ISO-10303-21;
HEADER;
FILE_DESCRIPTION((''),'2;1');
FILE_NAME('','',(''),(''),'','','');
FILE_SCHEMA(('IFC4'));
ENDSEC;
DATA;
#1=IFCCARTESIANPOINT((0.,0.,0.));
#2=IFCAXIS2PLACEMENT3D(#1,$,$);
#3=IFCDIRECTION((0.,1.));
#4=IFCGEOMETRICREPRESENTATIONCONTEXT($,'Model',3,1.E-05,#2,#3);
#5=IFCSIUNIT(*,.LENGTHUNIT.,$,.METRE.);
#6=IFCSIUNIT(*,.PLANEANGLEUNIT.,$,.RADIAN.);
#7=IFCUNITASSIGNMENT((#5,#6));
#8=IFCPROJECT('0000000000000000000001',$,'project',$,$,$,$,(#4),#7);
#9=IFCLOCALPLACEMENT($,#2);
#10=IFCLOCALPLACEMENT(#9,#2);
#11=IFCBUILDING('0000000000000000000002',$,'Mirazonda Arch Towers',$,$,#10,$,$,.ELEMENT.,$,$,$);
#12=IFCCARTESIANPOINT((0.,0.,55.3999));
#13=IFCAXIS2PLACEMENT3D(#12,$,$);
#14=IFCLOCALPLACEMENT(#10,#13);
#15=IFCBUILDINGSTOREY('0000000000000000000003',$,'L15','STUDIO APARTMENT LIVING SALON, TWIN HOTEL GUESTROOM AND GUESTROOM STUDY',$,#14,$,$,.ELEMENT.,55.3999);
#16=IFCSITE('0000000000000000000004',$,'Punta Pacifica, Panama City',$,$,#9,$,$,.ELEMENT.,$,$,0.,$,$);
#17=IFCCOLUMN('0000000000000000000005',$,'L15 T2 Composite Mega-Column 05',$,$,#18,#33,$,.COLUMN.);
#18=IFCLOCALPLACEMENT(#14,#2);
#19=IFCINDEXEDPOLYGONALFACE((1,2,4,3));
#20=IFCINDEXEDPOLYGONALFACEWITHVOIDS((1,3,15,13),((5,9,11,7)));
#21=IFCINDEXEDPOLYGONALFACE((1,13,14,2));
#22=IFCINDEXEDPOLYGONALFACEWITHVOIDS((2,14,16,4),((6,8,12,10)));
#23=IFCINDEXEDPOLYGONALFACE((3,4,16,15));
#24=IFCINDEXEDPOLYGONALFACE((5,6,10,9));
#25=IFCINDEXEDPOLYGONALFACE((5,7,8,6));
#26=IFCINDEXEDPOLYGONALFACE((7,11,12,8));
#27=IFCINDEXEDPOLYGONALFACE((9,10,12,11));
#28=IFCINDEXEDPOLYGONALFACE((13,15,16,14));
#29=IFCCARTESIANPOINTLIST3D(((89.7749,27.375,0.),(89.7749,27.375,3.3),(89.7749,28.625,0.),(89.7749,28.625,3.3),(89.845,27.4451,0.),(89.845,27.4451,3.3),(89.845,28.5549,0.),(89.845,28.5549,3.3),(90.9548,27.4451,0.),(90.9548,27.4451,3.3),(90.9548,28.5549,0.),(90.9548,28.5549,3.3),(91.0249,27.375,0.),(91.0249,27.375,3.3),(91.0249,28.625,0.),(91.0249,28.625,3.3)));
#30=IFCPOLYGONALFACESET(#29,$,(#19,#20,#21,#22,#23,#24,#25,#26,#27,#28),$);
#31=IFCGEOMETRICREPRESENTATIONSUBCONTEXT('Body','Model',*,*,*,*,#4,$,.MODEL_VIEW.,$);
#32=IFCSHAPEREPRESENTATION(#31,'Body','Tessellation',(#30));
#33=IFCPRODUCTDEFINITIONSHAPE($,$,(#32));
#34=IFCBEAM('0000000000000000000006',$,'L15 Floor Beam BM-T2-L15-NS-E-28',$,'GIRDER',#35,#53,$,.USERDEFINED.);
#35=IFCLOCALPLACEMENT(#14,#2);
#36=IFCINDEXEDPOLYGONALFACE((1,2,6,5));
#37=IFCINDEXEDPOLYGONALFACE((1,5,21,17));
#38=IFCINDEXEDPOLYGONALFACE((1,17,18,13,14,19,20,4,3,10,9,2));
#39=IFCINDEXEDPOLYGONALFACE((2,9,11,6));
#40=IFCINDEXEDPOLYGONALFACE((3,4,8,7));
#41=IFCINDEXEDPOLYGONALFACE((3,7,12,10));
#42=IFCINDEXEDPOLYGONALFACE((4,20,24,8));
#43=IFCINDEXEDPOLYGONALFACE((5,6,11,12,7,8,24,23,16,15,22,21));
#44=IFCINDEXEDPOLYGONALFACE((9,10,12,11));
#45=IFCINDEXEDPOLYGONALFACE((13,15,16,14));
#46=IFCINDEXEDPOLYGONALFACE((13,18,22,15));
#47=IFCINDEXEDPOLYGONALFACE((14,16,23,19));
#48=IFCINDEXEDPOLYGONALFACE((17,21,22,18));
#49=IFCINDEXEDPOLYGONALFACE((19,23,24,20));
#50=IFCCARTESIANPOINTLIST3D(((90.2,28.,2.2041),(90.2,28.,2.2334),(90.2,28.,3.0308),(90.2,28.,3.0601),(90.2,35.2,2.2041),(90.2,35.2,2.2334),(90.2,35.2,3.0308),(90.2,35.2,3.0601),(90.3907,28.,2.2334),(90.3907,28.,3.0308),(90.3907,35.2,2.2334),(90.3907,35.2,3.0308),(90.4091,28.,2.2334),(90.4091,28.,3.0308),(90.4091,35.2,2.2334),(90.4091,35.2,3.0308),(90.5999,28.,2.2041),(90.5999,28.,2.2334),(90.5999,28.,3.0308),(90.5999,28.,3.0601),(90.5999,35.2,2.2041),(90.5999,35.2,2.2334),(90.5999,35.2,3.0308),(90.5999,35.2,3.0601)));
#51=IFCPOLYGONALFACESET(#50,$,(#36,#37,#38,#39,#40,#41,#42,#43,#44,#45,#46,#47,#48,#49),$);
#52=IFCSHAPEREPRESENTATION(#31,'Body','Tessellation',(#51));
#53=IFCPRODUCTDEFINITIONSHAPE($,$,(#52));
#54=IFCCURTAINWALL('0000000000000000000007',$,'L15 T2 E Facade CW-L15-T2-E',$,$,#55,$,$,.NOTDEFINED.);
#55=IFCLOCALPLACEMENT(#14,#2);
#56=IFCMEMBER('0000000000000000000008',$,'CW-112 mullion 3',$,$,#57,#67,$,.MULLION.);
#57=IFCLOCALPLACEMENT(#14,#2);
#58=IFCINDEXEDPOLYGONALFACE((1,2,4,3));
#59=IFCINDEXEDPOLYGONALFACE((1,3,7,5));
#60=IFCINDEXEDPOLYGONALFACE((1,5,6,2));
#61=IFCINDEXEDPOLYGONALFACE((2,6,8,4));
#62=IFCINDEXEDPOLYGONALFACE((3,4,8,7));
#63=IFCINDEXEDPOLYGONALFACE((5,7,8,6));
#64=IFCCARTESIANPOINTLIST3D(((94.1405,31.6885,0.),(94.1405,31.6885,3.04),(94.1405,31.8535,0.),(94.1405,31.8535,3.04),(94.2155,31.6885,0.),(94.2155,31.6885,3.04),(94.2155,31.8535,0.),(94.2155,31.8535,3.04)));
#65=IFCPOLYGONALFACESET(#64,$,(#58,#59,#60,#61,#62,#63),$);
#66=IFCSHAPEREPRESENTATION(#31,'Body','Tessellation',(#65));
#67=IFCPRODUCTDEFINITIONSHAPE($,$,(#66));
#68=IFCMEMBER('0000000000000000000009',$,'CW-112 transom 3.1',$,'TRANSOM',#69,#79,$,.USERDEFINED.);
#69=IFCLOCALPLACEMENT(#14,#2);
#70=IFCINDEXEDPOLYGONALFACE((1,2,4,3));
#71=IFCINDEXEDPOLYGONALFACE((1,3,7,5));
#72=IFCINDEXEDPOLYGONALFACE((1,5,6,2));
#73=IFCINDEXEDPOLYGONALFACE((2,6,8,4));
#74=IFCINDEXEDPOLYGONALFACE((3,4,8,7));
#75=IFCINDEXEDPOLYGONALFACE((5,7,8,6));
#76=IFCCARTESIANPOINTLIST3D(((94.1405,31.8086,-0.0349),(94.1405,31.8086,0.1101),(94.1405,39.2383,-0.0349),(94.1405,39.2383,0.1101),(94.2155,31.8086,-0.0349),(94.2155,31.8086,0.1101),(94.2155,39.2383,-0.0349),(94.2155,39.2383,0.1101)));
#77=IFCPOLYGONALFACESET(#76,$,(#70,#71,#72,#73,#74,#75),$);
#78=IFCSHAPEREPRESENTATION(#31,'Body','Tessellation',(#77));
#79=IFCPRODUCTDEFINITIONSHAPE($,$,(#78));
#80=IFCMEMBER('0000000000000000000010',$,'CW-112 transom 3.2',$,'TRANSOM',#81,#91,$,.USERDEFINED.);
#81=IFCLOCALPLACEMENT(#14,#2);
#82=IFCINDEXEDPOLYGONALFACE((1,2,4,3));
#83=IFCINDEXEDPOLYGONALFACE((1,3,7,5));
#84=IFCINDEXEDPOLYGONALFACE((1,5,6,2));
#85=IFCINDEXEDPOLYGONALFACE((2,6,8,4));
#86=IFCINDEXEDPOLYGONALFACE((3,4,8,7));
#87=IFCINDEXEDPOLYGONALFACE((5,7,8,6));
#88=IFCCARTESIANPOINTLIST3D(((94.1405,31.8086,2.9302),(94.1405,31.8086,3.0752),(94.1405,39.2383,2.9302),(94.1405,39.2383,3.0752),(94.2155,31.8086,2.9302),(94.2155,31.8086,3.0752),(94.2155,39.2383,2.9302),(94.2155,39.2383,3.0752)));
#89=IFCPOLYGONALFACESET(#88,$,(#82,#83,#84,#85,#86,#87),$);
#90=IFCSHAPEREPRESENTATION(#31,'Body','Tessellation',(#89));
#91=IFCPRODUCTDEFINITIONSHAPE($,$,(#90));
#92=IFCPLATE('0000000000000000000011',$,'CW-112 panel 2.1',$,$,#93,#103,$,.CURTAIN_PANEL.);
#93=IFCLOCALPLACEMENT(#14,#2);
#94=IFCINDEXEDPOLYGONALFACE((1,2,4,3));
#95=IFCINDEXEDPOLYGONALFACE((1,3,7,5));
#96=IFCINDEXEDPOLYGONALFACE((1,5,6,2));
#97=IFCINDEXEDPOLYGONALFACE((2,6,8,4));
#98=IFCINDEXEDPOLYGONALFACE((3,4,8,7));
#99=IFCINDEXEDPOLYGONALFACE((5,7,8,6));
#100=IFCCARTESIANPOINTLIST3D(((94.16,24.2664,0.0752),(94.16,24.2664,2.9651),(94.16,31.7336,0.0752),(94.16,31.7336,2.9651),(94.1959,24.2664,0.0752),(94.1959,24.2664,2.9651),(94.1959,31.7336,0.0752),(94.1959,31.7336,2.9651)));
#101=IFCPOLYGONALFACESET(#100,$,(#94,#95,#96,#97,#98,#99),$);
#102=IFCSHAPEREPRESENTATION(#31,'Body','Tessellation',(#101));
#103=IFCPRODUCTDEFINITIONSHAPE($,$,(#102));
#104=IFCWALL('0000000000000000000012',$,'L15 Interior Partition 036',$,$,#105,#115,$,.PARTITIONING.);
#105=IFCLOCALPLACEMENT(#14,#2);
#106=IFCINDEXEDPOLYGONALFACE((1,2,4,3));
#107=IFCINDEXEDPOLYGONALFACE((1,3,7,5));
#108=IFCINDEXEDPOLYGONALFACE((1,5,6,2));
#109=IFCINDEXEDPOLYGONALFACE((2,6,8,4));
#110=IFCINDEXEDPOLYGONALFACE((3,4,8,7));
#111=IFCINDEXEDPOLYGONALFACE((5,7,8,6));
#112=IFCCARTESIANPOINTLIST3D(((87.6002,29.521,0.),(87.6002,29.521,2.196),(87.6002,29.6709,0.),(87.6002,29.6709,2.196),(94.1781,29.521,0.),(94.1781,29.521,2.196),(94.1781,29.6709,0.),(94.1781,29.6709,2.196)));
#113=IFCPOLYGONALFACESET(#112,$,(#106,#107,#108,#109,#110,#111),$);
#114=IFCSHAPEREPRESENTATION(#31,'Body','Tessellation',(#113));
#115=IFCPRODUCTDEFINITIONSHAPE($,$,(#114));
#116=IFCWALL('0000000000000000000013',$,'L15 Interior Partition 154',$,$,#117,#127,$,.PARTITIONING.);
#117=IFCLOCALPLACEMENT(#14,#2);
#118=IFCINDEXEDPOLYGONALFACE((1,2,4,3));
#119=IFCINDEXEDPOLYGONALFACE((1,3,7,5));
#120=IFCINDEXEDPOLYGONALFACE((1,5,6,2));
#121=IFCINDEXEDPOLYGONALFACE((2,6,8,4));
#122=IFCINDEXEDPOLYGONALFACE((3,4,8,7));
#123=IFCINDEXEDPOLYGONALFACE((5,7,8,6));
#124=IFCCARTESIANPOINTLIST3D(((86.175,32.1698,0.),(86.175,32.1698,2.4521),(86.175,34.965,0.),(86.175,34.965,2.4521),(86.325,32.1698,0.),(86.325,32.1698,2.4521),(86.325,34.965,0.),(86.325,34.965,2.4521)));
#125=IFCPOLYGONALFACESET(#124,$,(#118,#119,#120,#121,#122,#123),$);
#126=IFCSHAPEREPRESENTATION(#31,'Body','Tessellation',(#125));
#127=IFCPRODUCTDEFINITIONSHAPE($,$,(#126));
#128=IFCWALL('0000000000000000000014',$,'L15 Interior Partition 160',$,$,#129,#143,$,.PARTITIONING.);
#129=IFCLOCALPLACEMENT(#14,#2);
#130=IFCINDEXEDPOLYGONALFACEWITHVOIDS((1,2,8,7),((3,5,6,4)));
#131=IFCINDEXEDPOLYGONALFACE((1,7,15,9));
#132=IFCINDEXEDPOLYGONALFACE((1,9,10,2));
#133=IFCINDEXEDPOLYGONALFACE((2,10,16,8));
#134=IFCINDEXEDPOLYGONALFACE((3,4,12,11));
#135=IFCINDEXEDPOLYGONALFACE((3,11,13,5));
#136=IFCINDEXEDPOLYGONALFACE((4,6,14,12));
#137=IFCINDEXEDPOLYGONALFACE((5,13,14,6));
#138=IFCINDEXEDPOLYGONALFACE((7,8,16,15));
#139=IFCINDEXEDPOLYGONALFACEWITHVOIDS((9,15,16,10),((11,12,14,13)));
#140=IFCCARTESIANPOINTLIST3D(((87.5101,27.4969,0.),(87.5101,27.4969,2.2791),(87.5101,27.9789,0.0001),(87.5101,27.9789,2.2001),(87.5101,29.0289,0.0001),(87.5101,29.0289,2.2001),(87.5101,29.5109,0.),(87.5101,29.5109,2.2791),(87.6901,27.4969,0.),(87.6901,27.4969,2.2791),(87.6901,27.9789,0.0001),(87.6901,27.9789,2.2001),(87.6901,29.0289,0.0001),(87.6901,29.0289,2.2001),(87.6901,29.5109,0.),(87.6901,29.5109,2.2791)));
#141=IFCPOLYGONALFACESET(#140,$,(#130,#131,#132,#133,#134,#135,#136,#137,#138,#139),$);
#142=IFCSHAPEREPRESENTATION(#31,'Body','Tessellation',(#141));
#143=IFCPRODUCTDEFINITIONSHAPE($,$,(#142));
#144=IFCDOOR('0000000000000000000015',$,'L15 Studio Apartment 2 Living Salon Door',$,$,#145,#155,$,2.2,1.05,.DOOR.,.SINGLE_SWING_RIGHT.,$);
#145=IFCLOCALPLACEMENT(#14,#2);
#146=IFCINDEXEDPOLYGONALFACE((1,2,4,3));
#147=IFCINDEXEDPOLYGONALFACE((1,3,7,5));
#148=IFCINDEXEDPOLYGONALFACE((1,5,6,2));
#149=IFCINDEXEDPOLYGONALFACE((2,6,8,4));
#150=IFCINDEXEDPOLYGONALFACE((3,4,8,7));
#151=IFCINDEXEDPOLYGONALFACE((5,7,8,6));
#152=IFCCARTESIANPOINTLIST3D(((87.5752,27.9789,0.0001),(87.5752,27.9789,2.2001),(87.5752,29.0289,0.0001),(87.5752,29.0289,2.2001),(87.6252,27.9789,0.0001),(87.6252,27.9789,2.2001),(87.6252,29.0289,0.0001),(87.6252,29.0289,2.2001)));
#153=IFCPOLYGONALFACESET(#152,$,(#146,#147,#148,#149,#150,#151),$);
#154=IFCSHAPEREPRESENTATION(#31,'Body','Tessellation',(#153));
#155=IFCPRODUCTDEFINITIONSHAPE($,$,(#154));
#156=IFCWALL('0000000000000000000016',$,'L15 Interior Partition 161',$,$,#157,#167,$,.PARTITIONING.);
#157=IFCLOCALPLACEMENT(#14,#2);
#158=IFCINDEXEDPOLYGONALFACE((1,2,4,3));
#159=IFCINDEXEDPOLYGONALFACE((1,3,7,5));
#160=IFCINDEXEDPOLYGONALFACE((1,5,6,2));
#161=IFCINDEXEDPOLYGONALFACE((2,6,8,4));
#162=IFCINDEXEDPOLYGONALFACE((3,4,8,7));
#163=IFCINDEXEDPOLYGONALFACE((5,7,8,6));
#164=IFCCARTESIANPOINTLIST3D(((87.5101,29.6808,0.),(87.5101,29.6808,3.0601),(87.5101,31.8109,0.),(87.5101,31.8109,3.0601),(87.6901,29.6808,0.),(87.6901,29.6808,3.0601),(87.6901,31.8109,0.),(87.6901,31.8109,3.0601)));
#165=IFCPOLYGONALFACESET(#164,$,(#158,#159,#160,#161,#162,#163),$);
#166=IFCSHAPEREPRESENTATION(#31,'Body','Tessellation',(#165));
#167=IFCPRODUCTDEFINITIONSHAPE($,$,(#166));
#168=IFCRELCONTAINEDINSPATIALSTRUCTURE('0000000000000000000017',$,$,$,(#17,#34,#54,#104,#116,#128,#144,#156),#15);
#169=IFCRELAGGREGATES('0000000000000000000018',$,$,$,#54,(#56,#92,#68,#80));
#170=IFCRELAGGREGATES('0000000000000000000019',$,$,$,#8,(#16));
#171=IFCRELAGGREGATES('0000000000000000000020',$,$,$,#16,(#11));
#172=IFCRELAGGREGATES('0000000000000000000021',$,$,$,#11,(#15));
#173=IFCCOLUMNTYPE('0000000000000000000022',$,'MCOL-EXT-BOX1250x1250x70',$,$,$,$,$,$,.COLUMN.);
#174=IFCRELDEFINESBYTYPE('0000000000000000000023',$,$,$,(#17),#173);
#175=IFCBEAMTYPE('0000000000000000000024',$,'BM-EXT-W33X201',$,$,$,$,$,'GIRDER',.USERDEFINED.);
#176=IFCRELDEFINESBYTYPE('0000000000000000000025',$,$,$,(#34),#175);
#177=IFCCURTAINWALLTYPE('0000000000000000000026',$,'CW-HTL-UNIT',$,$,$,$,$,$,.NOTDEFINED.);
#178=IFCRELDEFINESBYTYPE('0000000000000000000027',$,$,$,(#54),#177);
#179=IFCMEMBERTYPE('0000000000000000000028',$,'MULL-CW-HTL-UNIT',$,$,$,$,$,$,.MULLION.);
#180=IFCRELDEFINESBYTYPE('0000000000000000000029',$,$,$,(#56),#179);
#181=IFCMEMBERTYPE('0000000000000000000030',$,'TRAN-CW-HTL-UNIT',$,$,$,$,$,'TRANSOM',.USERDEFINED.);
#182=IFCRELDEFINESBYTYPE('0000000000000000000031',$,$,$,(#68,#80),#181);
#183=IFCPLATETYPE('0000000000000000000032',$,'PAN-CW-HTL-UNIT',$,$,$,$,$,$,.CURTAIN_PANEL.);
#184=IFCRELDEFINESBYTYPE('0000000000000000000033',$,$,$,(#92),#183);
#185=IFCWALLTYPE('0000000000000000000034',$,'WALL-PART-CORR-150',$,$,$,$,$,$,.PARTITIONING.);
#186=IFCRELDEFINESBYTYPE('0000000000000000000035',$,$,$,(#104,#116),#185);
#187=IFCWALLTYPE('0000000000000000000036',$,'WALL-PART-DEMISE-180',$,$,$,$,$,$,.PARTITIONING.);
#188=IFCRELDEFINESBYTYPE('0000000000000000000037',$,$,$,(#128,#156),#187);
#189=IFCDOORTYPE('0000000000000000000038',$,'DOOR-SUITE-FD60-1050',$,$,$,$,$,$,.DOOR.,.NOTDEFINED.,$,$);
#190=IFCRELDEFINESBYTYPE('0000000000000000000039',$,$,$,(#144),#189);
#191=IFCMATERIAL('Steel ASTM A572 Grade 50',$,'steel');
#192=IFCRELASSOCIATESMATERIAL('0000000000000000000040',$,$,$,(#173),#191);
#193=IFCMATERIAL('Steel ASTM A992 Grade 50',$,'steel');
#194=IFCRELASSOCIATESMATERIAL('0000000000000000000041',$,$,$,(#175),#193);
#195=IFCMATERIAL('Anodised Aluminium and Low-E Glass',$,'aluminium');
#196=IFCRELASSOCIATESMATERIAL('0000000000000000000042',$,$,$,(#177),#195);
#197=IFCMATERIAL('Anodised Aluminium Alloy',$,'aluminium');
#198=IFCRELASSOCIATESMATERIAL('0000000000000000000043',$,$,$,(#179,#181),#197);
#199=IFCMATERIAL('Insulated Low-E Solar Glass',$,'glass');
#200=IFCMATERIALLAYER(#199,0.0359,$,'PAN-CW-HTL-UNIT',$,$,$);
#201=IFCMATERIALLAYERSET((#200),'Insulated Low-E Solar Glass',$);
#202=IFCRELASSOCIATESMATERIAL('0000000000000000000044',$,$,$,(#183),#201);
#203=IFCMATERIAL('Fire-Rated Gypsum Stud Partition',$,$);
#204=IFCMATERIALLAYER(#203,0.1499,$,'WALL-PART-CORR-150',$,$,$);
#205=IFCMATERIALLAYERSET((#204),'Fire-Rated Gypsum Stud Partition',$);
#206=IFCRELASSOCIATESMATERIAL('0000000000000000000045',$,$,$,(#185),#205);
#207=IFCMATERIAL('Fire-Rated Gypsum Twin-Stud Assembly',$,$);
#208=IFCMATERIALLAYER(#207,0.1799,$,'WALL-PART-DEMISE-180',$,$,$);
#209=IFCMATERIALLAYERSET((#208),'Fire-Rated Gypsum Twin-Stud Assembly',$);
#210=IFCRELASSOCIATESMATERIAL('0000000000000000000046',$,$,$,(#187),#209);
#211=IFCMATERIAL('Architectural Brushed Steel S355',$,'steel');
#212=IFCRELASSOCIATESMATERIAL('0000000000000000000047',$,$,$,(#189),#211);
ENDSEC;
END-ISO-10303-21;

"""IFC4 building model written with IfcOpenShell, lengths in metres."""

from ifc_helpers import new_model, si_unit, direction, frame, frame_2d, origin, origin_2d, place, context, subcontext, project, spatial, rectangle, hollow_rectangle, i_section, extrude, material, layer, layer_set, material_profile, profile_set, type_object, element, fill, aggregate, save


model = new_model("IFC4")

# Units and contexts
model_context = context("Model", 3, precision=1e-05, world=origin(), true_north=direction((0.0, 1.0)))
body_context = subcontext(model_context, "Body", "Model", "MODEL_VIEW")
ifc_project = project(units=[si_unit("LENGTHUNIT", "METRE"), si_unit("PLANEANGLEUNIT", "RADIAN")], contexts=[model_context])

# Site, building, storey
site_placement = place(None, origin())
site = spatial("IfcSite", under=ifc_project, at=site_placement, Name="Punta Pacifica, Panama City", CompositionType="ELEMENT", RefElevation=0.0)
building_placement = place(site_placement, origin())
building = spatial("IfcBuilding", under=site, at=building_placement, Name="Mirazonda Arch Towers", CompositionType="ELEMENT")
storey_placement = place(building_placement, frame((0.0, 0.0, 55.3999)))
storey = spatial("IfcBuildingStorey", under=building, at=storey_placement, Name="L15", Description="STUDIO APARTMENT LIVING SALON, TWIN HOTEL GUESTROOM AND GUESTROOM STUDY", CompositionType="ELEMENT", Elevation=55.3999)

# Column
ifc_material_1 = material(Name="Steel ASTM A572 Grade 50", Category="steel")
ifc_material_profile_1 = material_profile(ifc_material_1, hollow_rectangle(XDim=1.25, YDim=1.25, WallThickness=0.0701, at=origin_2d()), Name="BOX1250x1250x70")
ifc_profile_set_1 = profile_set([ifc_material_profile_1], Name="Steel ASTM A572 Grade 50")
column_type = type_object("IfcColumnType", Name="MCOL-EXT-BOX1250x1250x70", PredefinedType="COLUMN", material=ifc_profile_set_1)
column_placement = place(storey_placement, frame((90.3999, 28.0, 0.0), z_axis=(0.0, 0.0, 1.0), x_axis=(1.0, 0.0, 0.0)))
element("IfcColumn", 1, at=column_placement, inside=storey, type_object=column_type, Name="L15 T2 Composite Mega-Column 05", PredefinedType="COLUMN", context=body_context, shape_type="SweptSolid", body=[
    extrude(hollow_rectangle(XDim=1.25, YDim=1.25, WallThickness=0.0701, at=origin_2d()), origin(), (0.0, 0.0, 1.0), 3.3),
])

# Beam
ifc_material_2 = material(Name="Steel ASTM A992 Grade 50", Category="steel")
ifc_material_profile_2 = material_profile(ifc_material_2, i_section(OverallWidth=0.3999, OverallDepth=0.856, WebThickness=0.0183, FlangeThickness=0.0293, at=origin_2d()), Name="W33X201")
ifc_profile_set_2 = profile_set([ifc_material_profile_2], Name="Steel ASTM A992 Grade 50")
beam_type = type_object("IfcBeamType", Name="BM-EXT-W33X201", ElementType="GIRDER", PredefinedType="USERDEFINED", material=ifc_profile_set_2)
beam_placement = place(storey_placement, frame((90.3999, 28.0, 2.6321), z_axis=(0.0, 1.0, 0.0), x_axis=(-1.0, 0.0, 0.0)))
element("IfcBeam", 2, at=beam_placement, inside=storey, type_object=beam_type, Name="L15 Floor Beam BM-T2-L15-NS-E-28", ObjectType="GIRDER", PredefinedType="USERDEFINED", context=body_context, shape_type="SweptSolid", body=[
    extrude(i_section(OverallWidth=0.3999, OverallDepth=0.856, WebThickness=0.0183, FlangeThickness=0.0293, at=origin_2d()), origin(), (0.0, 0.0, 1.0), 7.2),
])

# Curtain wall, members, plate
ifc_material_3 = material(Name="Anodised Aluminium and Low-E Glass", Category="aluminium")
curtain_wall_type = type_object("IfcCurtainWallType", Name="CW-HTL-UNIT", PredefinedType="NOTDEFINED", material=ifc_material_3)
curtain_wall_placement = place(storey_placement, origin())
curtain_wall = element("IfcCurtainWall", 3, at=curtain_wall_placement, inside=storey, type_object=curtain_wall_type, Name="L15 T2 E Facade CW-L15-T2-E", PredefinedType="NOTDEFINED")
ifc_material_4 = material(Name="Anodised Aluminium Alloy", Category="aluminium")
ifc_material_profile_3 = material_profile(ifc_material_4, rectangle(XDim=0.075, YDim=0.165, at=origin_2d()), Name="ALU-MULL-75x165")
ifc_profile_set_3 = profile_set([ifc_material_profile_3], Name="Anodised Aluminium Alloy")
member_type_1 = type_object("IfcMemberType", Name="MULL-CW-HTL-UNIT", PredefinedType="MULLION", material=ifc_profile_set_3)
member_1_placement = place(storey_placement, frame((94.178, 31.771, 0.0), z_axis=(0.0, 0.0, 1.0), x_axis=(-1.0, 0.0, 0.0)))
member_1 = element("IfcMember", 4, at=member_1_placement, type_object=member_type_1, Name="CW-112 mullion 3", PredefinedType="MULLION", context=body_context, shape_type="SweptSolid", body=[
    extrude(rectangle(XDim=0.075, YDim=0.165, at=origin_2d()), origin(), (0.0, 0.0, 1.0), 3.04),
])
ifc_material_profile_4 = material_profile(ifc_material_4, rectangle(XDim=0.075, YDim=0.145, at=origin_2d()), Name="ALU-TRAN-75x145")
ifc_profile_set_4 = profile_set([ifc_material_profile_4], Name="Anodised Aluminium Alloy")
member_type_2 = type_object("IfcMemberType", Name="TRAN-CW-HTL-UNIT", ElementType="TRANSOM", PredefinedType="USERDEFINED", material=ifc_profile_set_4)
member_2_placement = place(storey_placement, frame((94.178, 31.8086, 0.0376), z_axis=(0.0, 1.0, 0.0), x_axis=(-1.0, 0.0, 0.0)))
member_2 = element("IfcMember", 5, at=member_2_placement, type_object=member_type_2, Name="CW-112 transom 3.1", ObjectType="TRANSOM", PredefinedType="USERDEFINED", context=body_context, shape_type="SweptSolid", body=[
    extrude(rectangle(XDim=0.075, YDim=0.145, at=origin_2d()), origin(), (0.0, 0.0, 1.0), 7.4297),
])
member_3_placement = place(storey_placement, frame((94.178, 31.8086, 3.0027), z_axis=(0.0, 1.0, 0.0), x_axis=(-1.0, 0.0, 0.0)))
member_3 = element("IfcMember", 6, at=member_3_placement, type_object=member_type_2, Name="CW-112 transom 3.2", ObjectType="TRANSOM", PredefinedType="USERDEFINED", context=body_context, shape_type="SweptSolid", body=[
    extrude(rectangle(XDim=0.075, YDim=0.145, at=origin_2d()), origin(), (0.0, 0.0, 1.0), 7.4297),
])
ifc_material_5 = material(Name="Insulated Low-E Solar Glass", Category="glass")
ifc_layer_1 = layer(ifc_material_5, 0.0359, Name="PAN-CW-HTL-UNIT")
ifc_layer_set_1 = layer_set([ifc_layer_1], Name="Insulated Low-E Solar Glass")
plate_type = type_object("IfcPlateType", Name="PAN-CW-HTL-UNIT", PredefinedType="CURTAIN_PANEL", material=ifc_layer_set_1)
plate_placement = place(storey_placement, frame((94.178, 28.0, 0.0752), z_axis=(0.0, 0.0, 1.0), x_axis=(0.0, 1.0, 0.0)))
plate = element("IfcPlate", 7, at=plate_placement, type_object=plate_type, Name="CW-112 panel 2.1", PredefinedType="CURTAIN_PANEL", context=body_context, shape_type="SweptSolid", body=[
    extrude(rectangle(XDim=7.4673, YDim=0.0359, at=origin_2d()), origin(), (0.0, 0.0, 1.0), 2.8899),
])
aggregate(curtain_wall, [member_1, plate, member_2, member_3])

# Shared definitions
ifc_material_6 = material(Name="Fire-Rated Gypsum Stud Partition")
ifc_layer_2 = layer(ifc_material_6, 0.1499, Name="WALL-PART-CORR-150")
ifc_layer_set_2 = layer_set([ifc_layer_2], Name="Fire-Rated Gypsum Stud Partition")
wall_type_1 = type_object("IfcWallType", Name="WALL-PART-CORR-150", PredefinedType="PARTITIONING", material=ifc_layer_set_2)
ifc_material_7 = material(Name="Architectural Brushed Steel S355", Category="steel")

# Wall
wall_1_placement = place(storey_placement, frame((87.6001, 29.5959, 0.0), z_axis=(0.0, 0.0, 1.0), x_axis=(1.0, 0.0, 0.0)))
element("IfcWall", 8, at=wall_1_placement, inside=storey, type_object=wall_type_1, Name="L15 Interior Partition 036", PredefinedType="PARTITIONING", context=body_context, shape_type="SweptSolid", body=[
    extrude(rectangle(XDim=6.5779, YDim=0.1499, at=frame_2d((3.2891, 0.0))), origin(), (0.0, 0.0, 1.0), 2.196),
])

# Wall
wall_2_placement = place(storey_placement, frame((86.25, 32.1699, 0.0), z_axis=(0.0, 0.0, 1.0), x_axis=(0.0, 1.0, 0.0)))
element("IfcWall", 9, at=wall_2_placement, inside=storey, type_object=wall_type_1, Name="L15 Interior Partition 154", PredefinedType="PARTITIONING", context=body_context, shape_type="SweptSolid", body=[
    extrude(rectangle(XDim=2.7952, YDim=0.1499, at=frame_2d((1.3975, 0.0))), origin(), (0.0, 0.0, 1.0), 2.4521),
])

# Wall, opening, door
ifc_material_8 = material(Name="Fire-Rated Gypsum Twin-Stud Assembly")
ifc_layer_3 = layer(ifc_material_8, 0.1799, Name="WALL-PART-DEMISE-180")
ifc_layer_set_3 = layer_set([ifc_layer_3], Name="Fire-Rated Gypsum Twin-Stud Assembly")
wall_type_2 = type_object("IfcWallType", Name="WALL-PART-DEMISE-180", PredefinedType="PARTITIONING", material=ifc_layer_set_3)
wall_3_placement = place(storey_placement, frame((87.6001, 27.4971, 0.0), z_axis=(0.0, 0.0, 1.0), x_axis=(0.0, 1.0, 0.0)))
wall_3 = element("IfcWall", 10, at=wall_3_placement, inside=storey, type_object=wall_type_2, Name="L15 Interior Partition 160", PredefinedType="PARTITIONING", context=body_context, shape_type="SweptSolid", body=[
    extrude(rectangle(XDim=2.0139, YDim=0.1799, at=frame_2d((1.0068, 0.0))), origin(), (0.0, 0.0, 1.0), 2.2791),
])
opening_1_placement = place(wall_3_placement, frame((0.4819, 0.0, 0.0)))
opening_1 = element("IfcOpeningElement", 11, at=opening_1_placement, cuts=wall_3, PredefinedType="OPENING", context=body_context, shape_type="SweptSolid", body=[
    extrude(rectangle(XDim=1.05, YDim=2.2, at=frame_2d((0.5249, 1.1001))), frame((0.0, 0.0999, 0.0), z_axis=(0.0, -1.0, 0.0), x_axis=(1.0, 0.0, 0.0)), (0.0, 0.0, 1.0), 0.2),
])
door_type_1 = type_object("IfcDoorType", Name="DOOR-SUITE-FD60-1050", OperationType="NOTDEFINED", PredefinedType="DOOR", material=ifc_material_7)
door_1_placement = place(opening_1_placement, origin())
door_1 = element("IfcDoor", 12, at=door_1_placement, inside=storey, type_object=door_type_1, Name="L15 Studio Apartment 2 Living Salon Door", OperationType="SINGLE_SWING_RIGHT", OverallHeight=2.2, OverallWidth=1.05, PredefinedType="DOOR", context=body_context, shape_type="SweptSolid", body=[
    extrude(rectangle(XDim=1.05, YDim=2.2, at=frame_2d((0.5249, 1.1001))), frame((0.0, 0.0249, 0.0), z_axis=(0.0, -1.0, 0.0), x_axis=(1.0, 0.0, 0.0)), (0.0, 0.0, 1.0), 0.05),
])
fill(opening_1, door_1)

# Wall
wall_4_placement = place(storey_placement, frame((87.6001, 29.6809, 0.0), z_axis=(0.0, 0.0, 1.0), x_axis=(0.0, 1.0, 0.0)))
element("IfcWall", 13, at=wall_4_placement, inside=storey, type_object=wall_type_2, Name="L15 Interior Partition 161", PredefinedType="PARTITIONING", context=body_context, shape_type="SweptSolid", body=[
    extrude(rectangle(XDim=2.1301, YDim=0.1799, at=frame_2d((1.0649, 0.0))), origin(), (0.0, 0.0, 1.0), 3.0601),
])

save(model, "model.ifc")
